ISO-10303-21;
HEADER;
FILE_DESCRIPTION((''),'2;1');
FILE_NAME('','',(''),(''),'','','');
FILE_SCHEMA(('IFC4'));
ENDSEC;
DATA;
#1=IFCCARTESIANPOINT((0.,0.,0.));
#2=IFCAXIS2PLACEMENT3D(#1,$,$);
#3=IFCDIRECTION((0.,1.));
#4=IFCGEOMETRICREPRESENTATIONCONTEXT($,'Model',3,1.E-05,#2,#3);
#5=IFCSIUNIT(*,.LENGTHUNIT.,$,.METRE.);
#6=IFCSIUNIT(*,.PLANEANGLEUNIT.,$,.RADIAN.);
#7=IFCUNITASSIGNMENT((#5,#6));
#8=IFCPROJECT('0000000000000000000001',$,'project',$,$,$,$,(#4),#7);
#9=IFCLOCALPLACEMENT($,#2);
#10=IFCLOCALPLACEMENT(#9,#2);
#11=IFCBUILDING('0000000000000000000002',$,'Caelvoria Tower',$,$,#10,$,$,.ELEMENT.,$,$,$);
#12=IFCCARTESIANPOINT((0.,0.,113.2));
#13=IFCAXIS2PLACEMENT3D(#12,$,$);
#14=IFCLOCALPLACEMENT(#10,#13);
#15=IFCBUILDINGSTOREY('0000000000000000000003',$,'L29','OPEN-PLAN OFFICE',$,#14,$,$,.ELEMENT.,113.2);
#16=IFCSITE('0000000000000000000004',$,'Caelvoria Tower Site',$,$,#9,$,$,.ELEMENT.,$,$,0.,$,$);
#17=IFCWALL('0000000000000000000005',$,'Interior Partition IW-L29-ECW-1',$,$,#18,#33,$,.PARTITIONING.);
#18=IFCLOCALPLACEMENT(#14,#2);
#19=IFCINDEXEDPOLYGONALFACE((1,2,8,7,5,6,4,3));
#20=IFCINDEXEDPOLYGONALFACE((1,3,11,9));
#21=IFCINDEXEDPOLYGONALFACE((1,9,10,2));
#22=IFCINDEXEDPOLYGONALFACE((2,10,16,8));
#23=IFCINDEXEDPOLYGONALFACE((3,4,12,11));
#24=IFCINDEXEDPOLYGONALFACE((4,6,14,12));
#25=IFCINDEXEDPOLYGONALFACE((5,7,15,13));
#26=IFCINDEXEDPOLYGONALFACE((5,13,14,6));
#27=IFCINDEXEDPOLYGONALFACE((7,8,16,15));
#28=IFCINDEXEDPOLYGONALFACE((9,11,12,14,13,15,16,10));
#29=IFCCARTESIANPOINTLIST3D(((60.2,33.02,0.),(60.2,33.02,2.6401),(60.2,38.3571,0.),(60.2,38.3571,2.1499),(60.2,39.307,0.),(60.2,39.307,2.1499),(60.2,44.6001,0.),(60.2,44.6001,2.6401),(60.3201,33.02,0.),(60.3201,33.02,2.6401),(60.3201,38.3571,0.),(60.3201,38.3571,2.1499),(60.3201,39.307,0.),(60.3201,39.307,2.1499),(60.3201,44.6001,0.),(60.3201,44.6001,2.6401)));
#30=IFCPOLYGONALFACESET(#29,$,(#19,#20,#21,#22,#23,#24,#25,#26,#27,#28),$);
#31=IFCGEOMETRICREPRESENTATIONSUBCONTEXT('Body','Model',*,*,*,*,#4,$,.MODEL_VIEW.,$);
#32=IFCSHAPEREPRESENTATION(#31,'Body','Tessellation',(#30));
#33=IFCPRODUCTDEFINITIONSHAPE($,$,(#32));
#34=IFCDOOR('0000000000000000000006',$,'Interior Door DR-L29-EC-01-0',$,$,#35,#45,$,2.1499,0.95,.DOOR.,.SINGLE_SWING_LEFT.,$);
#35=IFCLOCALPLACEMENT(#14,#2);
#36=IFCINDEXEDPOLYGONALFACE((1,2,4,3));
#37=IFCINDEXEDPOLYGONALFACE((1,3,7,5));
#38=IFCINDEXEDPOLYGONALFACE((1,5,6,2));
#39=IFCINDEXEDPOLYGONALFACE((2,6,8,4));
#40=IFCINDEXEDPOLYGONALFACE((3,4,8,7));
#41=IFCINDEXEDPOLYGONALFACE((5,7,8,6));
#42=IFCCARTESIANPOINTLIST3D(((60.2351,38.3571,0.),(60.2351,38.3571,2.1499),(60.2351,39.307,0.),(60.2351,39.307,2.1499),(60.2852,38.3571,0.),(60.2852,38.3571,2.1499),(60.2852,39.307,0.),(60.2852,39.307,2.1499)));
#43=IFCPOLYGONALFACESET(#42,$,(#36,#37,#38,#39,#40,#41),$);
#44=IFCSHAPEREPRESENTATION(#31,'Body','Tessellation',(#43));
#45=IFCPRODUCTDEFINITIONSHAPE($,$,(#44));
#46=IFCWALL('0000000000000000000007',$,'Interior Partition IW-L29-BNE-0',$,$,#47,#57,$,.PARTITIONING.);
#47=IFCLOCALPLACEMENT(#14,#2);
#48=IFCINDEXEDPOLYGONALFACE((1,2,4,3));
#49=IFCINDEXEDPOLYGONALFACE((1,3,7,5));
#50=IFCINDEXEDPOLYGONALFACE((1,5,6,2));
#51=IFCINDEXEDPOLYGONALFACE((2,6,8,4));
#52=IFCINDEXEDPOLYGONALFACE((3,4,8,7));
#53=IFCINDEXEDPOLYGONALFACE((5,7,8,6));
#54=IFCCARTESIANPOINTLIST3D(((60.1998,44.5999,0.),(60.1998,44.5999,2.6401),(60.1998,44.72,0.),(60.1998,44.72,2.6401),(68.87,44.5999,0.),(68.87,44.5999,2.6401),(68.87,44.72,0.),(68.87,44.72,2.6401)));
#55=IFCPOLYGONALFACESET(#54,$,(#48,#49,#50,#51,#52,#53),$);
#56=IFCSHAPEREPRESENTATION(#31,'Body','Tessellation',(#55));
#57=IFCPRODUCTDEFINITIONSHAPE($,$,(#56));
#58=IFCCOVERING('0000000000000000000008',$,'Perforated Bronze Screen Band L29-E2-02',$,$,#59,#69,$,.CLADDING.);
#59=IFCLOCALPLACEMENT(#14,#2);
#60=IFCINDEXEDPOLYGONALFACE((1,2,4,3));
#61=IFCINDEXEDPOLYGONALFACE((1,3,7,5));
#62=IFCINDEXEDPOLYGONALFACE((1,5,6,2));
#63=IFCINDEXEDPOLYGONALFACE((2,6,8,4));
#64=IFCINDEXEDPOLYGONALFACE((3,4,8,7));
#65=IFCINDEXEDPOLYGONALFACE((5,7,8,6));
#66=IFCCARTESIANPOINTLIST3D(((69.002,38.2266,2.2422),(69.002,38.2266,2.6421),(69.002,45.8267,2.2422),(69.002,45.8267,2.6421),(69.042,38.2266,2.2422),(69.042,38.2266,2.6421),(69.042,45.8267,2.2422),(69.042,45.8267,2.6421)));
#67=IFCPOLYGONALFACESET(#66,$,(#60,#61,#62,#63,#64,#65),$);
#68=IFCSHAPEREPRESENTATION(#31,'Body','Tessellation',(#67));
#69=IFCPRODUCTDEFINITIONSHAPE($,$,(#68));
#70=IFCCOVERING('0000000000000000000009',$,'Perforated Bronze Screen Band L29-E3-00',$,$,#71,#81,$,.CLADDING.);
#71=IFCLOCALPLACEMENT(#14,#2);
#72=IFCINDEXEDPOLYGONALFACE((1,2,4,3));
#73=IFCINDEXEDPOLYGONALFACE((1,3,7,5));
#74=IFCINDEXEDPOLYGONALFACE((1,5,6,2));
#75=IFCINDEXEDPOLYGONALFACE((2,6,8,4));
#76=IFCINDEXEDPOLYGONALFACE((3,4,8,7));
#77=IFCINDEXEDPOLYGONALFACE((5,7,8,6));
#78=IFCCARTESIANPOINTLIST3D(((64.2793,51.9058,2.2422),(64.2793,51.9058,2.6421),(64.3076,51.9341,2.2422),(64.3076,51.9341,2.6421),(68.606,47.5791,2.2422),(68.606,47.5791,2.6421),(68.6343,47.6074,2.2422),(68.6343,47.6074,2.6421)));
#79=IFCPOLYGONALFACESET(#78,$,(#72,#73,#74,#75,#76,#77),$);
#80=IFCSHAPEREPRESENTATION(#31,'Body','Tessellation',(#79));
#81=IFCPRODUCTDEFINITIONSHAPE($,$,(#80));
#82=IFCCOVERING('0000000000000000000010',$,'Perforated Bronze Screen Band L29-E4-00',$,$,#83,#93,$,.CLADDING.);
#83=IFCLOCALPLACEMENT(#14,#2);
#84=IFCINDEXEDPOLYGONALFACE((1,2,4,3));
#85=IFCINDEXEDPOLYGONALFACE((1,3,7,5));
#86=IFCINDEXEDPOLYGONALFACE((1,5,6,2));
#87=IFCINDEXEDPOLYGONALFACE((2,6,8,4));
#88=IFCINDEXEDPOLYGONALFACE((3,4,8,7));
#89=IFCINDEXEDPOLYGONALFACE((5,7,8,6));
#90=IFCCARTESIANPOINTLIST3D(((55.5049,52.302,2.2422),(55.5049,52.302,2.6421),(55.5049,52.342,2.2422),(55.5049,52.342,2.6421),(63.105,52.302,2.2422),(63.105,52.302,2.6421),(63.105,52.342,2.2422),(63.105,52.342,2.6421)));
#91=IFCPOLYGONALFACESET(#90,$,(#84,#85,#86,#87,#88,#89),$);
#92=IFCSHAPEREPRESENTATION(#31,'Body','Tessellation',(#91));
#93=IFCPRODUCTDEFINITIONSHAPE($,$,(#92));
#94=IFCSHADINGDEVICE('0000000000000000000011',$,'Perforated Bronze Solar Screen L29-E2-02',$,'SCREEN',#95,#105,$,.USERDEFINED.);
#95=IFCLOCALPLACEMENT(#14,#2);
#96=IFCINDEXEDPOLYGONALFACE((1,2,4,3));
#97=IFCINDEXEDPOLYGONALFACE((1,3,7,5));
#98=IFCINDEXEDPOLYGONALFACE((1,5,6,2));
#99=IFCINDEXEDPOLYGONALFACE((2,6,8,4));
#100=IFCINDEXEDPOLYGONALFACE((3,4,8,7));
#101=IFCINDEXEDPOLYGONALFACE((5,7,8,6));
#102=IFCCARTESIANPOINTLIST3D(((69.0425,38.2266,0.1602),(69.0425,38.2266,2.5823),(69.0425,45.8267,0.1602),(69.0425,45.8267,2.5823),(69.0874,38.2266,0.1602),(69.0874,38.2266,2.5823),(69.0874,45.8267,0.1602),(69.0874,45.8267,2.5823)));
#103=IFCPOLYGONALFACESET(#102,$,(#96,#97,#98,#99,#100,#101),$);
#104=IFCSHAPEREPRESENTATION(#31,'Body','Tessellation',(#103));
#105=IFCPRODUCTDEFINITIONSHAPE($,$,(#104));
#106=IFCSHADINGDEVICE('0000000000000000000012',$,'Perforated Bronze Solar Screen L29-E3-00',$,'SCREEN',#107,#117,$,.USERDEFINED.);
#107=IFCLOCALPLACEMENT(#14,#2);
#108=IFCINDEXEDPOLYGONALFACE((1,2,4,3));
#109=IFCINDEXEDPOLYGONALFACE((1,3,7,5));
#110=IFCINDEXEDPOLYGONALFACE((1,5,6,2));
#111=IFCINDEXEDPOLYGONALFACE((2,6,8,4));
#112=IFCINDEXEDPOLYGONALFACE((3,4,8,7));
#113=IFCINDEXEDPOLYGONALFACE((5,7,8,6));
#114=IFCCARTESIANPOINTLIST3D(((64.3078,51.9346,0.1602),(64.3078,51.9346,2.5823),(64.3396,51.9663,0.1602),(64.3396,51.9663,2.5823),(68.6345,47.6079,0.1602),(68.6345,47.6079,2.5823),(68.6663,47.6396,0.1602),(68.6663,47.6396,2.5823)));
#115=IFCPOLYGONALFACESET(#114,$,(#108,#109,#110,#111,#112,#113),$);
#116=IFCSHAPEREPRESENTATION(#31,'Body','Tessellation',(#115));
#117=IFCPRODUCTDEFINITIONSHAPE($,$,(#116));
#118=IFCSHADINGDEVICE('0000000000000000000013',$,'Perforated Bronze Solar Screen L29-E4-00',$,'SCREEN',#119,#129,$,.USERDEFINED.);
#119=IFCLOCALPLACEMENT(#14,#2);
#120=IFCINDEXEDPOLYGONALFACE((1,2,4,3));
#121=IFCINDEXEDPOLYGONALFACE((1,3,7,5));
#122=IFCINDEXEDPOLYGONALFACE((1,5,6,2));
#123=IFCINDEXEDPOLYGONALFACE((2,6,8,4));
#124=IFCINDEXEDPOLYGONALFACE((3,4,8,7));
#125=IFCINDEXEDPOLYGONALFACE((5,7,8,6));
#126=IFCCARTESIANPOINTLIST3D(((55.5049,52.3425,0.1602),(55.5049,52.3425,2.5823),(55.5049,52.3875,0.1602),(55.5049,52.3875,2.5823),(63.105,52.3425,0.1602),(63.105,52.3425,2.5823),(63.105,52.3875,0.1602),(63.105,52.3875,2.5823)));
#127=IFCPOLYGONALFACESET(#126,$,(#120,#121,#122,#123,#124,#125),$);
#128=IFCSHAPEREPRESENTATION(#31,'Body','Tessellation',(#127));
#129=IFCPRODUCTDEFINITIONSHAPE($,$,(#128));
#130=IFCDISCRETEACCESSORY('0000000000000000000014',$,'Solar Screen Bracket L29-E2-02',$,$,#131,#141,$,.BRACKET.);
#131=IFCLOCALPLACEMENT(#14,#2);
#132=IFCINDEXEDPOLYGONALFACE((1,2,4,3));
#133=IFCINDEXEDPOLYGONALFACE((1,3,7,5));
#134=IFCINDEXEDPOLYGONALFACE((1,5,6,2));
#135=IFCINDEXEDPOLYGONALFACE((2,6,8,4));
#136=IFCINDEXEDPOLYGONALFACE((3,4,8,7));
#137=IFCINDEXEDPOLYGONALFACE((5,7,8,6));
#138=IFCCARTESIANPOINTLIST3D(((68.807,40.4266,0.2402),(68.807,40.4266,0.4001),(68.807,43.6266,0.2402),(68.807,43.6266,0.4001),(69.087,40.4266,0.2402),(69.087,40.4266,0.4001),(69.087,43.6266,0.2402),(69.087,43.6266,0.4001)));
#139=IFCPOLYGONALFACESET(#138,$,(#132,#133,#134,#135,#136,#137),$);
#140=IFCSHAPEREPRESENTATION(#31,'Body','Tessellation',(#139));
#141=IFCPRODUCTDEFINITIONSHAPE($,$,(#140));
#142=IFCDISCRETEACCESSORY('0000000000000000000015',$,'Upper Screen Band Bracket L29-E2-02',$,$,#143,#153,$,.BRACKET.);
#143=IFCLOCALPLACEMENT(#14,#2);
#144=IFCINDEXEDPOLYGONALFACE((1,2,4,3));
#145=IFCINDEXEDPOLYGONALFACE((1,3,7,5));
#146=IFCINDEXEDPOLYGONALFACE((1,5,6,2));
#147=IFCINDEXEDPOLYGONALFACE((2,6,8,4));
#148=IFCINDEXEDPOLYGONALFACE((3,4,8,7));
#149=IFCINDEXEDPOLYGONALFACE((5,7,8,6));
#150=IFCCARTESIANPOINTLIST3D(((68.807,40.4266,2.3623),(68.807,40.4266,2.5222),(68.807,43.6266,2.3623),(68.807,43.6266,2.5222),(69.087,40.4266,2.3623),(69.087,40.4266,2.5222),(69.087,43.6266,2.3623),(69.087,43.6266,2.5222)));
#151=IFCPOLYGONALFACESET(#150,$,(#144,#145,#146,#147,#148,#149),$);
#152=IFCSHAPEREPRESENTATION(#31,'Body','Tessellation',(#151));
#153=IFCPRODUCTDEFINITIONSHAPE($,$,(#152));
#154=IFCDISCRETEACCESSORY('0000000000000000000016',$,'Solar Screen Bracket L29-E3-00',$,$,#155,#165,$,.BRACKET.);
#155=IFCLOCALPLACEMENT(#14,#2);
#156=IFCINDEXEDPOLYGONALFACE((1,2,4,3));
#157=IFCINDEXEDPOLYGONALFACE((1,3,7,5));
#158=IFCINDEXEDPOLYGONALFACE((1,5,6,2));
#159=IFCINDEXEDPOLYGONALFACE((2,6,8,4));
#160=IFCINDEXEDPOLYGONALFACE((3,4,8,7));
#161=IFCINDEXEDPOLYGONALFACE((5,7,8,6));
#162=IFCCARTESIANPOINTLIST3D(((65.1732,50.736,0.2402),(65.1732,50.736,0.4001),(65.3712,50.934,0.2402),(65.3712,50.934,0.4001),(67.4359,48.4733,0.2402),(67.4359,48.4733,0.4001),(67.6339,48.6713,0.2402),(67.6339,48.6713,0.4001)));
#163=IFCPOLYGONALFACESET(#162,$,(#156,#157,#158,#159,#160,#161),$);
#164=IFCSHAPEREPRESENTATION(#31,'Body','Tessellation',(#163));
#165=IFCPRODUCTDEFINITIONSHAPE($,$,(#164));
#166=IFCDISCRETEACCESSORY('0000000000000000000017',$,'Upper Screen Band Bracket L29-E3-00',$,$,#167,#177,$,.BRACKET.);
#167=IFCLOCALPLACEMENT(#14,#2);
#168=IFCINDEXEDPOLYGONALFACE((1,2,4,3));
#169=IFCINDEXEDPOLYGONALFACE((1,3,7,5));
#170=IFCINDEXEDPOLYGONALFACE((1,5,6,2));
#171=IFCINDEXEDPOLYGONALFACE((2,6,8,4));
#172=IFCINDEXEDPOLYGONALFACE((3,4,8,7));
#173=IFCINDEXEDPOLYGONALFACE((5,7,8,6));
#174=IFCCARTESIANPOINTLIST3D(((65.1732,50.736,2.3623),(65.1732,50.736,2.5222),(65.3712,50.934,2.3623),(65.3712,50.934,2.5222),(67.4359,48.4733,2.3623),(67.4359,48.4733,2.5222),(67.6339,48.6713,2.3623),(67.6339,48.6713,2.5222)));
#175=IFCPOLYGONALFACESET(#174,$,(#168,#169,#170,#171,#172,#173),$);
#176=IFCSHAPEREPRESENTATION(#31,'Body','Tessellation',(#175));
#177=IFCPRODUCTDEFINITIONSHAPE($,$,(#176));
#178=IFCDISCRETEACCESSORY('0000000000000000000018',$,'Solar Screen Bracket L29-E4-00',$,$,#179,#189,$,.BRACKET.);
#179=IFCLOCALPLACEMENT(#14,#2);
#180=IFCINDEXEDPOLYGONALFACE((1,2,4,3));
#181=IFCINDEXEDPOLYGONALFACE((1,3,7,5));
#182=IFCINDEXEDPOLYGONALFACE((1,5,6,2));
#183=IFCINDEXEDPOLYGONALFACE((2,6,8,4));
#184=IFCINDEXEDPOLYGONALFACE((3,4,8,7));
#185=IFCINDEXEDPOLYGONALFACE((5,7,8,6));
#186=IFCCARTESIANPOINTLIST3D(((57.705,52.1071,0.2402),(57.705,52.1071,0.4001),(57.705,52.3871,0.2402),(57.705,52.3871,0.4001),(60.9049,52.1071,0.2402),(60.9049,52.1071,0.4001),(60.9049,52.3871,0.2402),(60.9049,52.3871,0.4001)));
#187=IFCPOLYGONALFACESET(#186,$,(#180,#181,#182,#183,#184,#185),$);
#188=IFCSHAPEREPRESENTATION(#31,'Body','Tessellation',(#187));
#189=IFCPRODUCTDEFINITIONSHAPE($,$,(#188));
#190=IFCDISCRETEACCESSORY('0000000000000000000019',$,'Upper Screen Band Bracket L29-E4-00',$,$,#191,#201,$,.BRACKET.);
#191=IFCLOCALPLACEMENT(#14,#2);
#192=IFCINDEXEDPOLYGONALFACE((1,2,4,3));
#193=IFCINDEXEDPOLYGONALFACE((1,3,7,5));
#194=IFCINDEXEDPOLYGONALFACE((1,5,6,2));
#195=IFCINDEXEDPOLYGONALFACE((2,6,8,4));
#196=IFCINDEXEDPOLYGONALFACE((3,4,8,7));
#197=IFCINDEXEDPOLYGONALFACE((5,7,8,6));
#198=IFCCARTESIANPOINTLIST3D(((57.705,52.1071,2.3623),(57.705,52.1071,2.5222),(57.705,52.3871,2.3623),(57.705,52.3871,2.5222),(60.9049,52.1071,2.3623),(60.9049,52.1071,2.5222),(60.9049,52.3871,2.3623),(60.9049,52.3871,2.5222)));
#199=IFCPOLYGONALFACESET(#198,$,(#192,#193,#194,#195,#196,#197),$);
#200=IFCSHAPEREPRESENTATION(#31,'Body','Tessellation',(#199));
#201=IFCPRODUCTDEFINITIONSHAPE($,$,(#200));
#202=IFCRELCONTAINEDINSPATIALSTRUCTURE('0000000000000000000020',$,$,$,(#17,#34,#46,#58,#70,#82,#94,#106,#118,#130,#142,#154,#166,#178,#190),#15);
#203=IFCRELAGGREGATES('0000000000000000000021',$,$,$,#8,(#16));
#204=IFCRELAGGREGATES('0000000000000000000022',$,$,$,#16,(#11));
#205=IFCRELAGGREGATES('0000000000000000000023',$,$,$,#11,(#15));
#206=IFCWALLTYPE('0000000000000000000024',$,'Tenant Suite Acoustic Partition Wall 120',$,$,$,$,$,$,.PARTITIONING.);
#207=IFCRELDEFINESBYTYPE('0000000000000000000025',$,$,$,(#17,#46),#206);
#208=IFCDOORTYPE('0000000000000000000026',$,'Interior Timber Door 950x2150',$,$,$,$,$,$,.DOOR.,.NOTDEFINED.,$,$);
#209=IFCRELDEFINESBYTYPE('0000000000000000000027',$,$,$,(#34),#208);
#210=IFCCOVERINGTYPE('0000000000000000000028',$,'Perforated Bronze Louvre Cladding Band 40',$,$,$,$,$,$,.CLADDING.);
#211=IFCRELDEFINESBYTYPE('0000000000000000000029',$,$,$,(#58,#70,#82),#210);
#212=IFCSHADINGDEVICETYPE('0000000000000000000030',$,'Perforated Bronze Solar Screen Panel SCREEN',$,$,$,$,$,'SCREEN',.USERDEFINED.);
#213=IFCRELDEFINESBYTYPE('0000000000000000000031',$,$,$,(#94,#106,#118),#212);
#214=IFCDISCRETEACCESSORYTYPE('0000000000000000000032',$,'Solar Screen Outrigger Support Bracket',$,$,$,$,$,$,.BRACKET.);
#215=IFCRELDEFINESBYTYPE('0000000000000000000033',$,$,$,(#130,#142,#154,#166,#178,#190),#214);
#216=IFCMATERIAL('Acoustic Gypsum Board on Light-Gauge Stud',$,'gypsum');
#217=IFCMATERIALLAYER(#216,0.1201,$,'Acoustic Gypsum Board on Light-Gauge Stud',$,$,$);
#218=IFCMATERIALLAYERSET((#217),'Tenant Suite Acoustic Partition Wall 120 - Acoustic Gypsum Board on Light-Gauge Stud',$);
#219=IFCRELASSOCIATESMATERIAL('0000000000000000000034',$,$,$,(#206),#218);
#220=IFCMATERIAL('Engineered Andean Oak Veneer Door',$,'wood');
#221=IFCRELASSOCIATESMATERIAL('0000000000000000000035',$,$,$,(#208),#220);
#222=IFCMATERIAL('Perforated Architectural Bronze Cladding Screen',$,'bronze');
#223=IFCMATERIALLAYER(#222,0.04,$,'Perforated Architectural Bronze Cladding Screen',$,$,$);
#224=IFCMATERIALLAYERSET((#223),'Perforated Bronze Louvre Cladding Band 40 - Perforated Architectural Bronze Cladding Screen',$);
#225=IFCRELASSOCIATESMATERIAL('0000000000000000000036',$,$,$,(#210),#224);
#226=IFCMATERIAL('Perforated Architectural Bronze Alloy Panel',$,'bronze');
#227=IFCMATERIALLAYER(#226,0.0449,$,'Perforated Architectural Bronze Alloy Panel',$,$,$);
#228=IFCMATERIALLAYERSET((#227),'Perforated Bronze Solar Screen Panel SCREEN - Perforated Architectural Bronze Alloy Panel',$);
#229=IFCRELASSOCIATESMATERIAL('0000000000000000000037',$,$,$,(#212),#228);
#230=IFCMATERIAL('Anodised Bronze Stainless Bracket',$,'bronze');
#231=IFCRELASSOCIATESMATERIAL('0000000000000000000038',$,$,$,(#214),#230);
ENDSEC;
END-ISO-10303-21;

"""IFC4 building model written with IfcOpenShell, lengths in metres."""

from ifc_helpers import new_model, si_unit, direction, frame, frame_2d, origin, origin_2d, place, context, subcontext, project, spatial, rectangle, extrude, material, layer, layer_set, type_object, element, fill, save


model = new_model("IFC4")

# Units and contexts
model_context = context("Model", 3, precision=1e-05, world=origin(), true_north=direction((0.0, 1.0)))
body_context = subcontext(model_context, "Body", "Model", "MODEL_VIEW")
ifc_project = project(units=[si_unit("LENGTHUNIT", "METRE"), si_unit("PLANEANGLEUNIT", "RADIAN")], contexts=[model_context])

# Site, building, storey
site_placement = place(None, origin())
site = spatial("IfcSite", under=ifc_project, at=site_placement, Name="Caelvoria Tower Site", CompositionType="ELEMENT", RefElevation=0.0)
building_placement = place(site_placement, origin())
building = spatial("IfcBuilding", under=site, at=building_placement, Name="Caelvoria Tower", CompositionType="ELEMENT")
storey_placement = place(building_placement, frame((0.0, 0.0, 113.2)))
storey = spatial("IfcBuildingStorey", under=building, at=storey_placement, Name="L29", Description="OPEN-PLAN OFFICE", CompositionType="ELEMENT", Elevation=113.2)

# Wall, opening, door
ifc_material_1 = material(Name="Acoustic Gypsum Board on Light-Gauge Stud", Category="gypsum")
ifc_layer_1 = layer(ifc_material_1, 0.1201, Name="Acoustic Gypsum Board on Light-Gauge Stud")
ifc_layer_set_1 = layer_set([ifc_layer_1], Name="Tenant Suite Acoustic Partition Wall 120 - Acoustic Gypsum Board on Light-Gauge Stud")
wall_type_1 = type_object("IfcWallType", Name="Tenant Suite Acoustic Partition Wall 120", PredefinedType="PARTITIONING", material=ifc_layer_set_1)
ifc_material_2 = material(Name="Engineered Andean Oak Veneer Door", Category="wood")
wall_1_placement = place(storey_placement, frame((60.26, 33.02, 0.0), z_axis=(0.0, 0.0, 1.0), x_axis=(0.0, 1.0, 0.0)))
wall_1 = element("IfcWall", 1, at=wall_1_placement, inside=storey, type_object=wall_type_1, Name="Interior Partition IW-L29-ECW-1", PredefinedType="PARTITIONING", context=body_context, shape_type="SweptSolid", body=[
    extrude(rectangle(XDim=11.5801, YDim=0.1201, at=frame_2d((5.79, 0.0))), origin(), (0.0, 0.0, 1.0), 2.6401),
])
opening_1_placement = place(wall_1_placement, frame((5.3369, 0.0, 0.0)))
opening_1 = element("IfcOpeningElement", 2, at=opening_1_placement, cuts=wall_1, PredefinedType="OPENING", context=body_context, shape_type="SweptSolid", body=[
    extrude(rectangle(XDim=0.95, YDim=2.1499, at=frame_2d((0.4751, 1.075))), frame((0.0, 0.0701, 0.0), z_axis=(0.0, -1.0, 0.0), x_axis=(1.0, 0.0, 0.0)), (0.0, 0.0, 1.0), 0.1401),
])
door_type_1 = type_object("IfcDoorType", Name="Interior Timber Door 950x2150", OperationType="NOTDEFINED", PredefinedType="DOOR", material=ifc_material_2)
door_1_placement = place(opening_1_placement, origin())
door_1 = element("IfcDoor", 3, at=door_1_placement, inside=storey, type_object=door_type_1, Name="Interior Door DR-L29-EC-01-0", OperationType="SINGLE_SWING_LEFT", OverallHeight=2.1499, OverallWidth=0.95, PredefinedType="DOOR", context=body_context, shape_type="SweptSolid", body=[
    extrude(rectangle(XDim=0.95, YDim=2.1499, at=frame_2d((0.4751, 1.075))), frame((0.0, 0.0249, 0.0), z_axis=(0.0, -1.0, 0.0), x_axis=(1.0, 0.0, 0.0)), (0.0, 0.0, 1.0), 0.05),
])
fill(opening_1, door_1)

# Wall
wall_2_placement = place(storey_placement, frame((60.2, 44.6599, 0.0), z_axis=(0.0, 0.0, 1.0), x_axis=(1.0, 0.0, 0.0)))
element("IfcWall", 4, at=wall_2_placement, inside=storey, type_object=wall_type_1, Name="Interior Partition IW-L29-BNE-0", PredefinedType="PARTITIONING", context=body_context, shape_type="SweptSolid", body=[
    extrude(rectangle(XDim=8.6702, YDim=0.1201, at=frame_2d((4.335, 0.0))), origin(), (0.0, 0.0, 1.0), 2.6401),
])

# Coverings
ifc_material_3 = material(Name="Perforated Architectural Bronze Cladding Screen", Category="bronze")
ifc_layer_2 = layer(ifc_material_3, 0.04, Name="Perforated Architectural Bronze Cladding Screen")
ifc_layer_set_2 = layer_set([ifc_layer_2], Name="Perforated Bronze Louvre Cladding Band 40 - Perforated Architectural Bronze Cladding Screen")
covering_type = type_object("IfcCoveringType", Name="Perforated Bronze Louvre Cladding Band 40", PredefinedType="CLADDING", material=ifc_layer_set_2)
covering_1_placement = place(storey_placement, frame((69.022, 42.0266, 2.2422), z_axis=(0.0, 0.0, 1.0), x_axis=(0.0, 1.0, 0.0)))
element("IfcCovering", 5, at=covering_1_placement, inside=storey, type_object=covering_type, Name="Perforated Bronze Screen Band L29-E2-02", PredefinedType="CLADDING", context=body_context, shape_type="SweptSolid", body=[
    extrude(rectangle(XDim=7.6001, YDim=0.04, at=origin_2d()), origin(), (0.0, 0.0, 1.0), 0.3999),
])
covering_2_placement = place(storey_placement, frame((66.4568, 49.7566, 2.2422), z_axis=(0.0, 0.0, 1.0), x_axis=(-0.707107, 0.707107, 0.0)))
element("IfcCovering", 6, at=covering_2_placement, inside=storey, type_object=covering_type, Name="Perforated Bronze Screen Band L29-E3-00", PredefinedType="CLADDING", context=body_context, shape_type="SweptSolid", body=[
    extrude(rectangle(XDim=6.1189, YDim=0.04, at=origin_2d()), origin(), (0.0, 0.0, 1.0), 0.3999),
])
covering_3_placement = place(storey_placement, frame((59.3049, 52.322, 2.2422), z_axis=(0.0, 0.0, 1.0), x_axis=(-1.0, 0.0, 0.0)))
element("IfcCovering", 7, at=covering_3_placement, inside=storey, type_object=covering_type, Name="Perforated Bronze Screen Band L29-E4-00", PredefinedType="CLADDING", context=body_context, shape_type="SweptSolid", body=[
    extrude(rectangle(XDim=7.6001, YDim=0.04, at=origin_2d()), origin(), (0.0, 0.0, 1.0), 0.3999),
])

# Shading devices
ifc_material_4 = material(Name="Perforated Architectural Bronze Alloy Panel", Category="bronze")
ifc_layer_3 = layer(ifc_material_4, 0.0449, Name="Perforated Architectural Bronze Alloy Panel")
ifc_layer_set_3 = layer_set([ifc_layer_3], Name="Perforated Bronze Solar Screen Panel SCREEN - Perforated Architectural Bronze Alloy Panel")
shading_device_type = type_object("IfcShadingDeviceType", Name="Perforated Bronze Solar Screen Panel SCREEN", ElementType="SCREEN", PredefinedType="USERDEFINED", material=ifc_layer_set_3)
shading_device_1_placement = place(storey_placement, frame((69.0649, 42.0266, 0.1602), z_axis=(0.0, 0.0, 1.0), x_axis=(0.0, 1.0, 0.0)))
element("IfcShadingDevice", 8, at=shading_device_1_placement, inside=storey, type_object=shading_device_type, Name="Perforated Bronze Solar Screen L29-E2-02", ObjectType="SCREEN", PredefinedType="USERDEFINED", context=body_context, shape_type="SweptSolid", body=[
    extrude(rectangle(XDim=7.6001, YDim=0.0449, at=origin_2d()), origin(), (0.0, 0.0, 1.0), 2.4221),
])
shading_device_2_placement = place(storey_placement, frame((66.4871, 49.7871, 0.1602), z_axis=(0.0, 0.0, 1.0), x_axis=(-0.707107, 0.707107, 0.0)))
element("IfcShadingDevice", 9, at=shading_device_2_placement, inside=storey, type_object=shading_device_type, Name="Perforated Bronze Solar Screen L29-E3-00", ObjectType="SCREEN", PredefinedType="USERDEFINED", context=body_context, shape_type="SweptSolid", body=[
    extrude(rectangle(XDim=6.1189, YDim=0.0449, at=origin_2d()), origin(), (0.0, 0.0, 1.0), 2.4221),
])
shading_device_3_placement = place(storey_placement, frame((59.3049, 52.365, 0.1602), z_axis=(0.0, 0.0, 1.0), x_axis=(-1.0, 0.0, 0.0)))
element("IfcShadingDevice", 10, at=shading_device_3_placement, inside=storey, type_object=shading_device_type, Name="Perforated Bronze Solar Screen L29-E4-00", ObjectType="SCREEN", PredefinedType="USERDEFINED", context=body_context, shape_type="SweptSolid", body=[
    extrude(rectangle(XDim=7.6001, YDim=0.0449, at=origin_2d()), origin(), (0.0, 0.0, 1.0), 2.4221),
])

# Discrete accessories
ifc_material_5 = material(Name="Anodised Bronze Stainless Bracket", Category="bronze")
discrete_accessory_type = type_object("IfcDiscreteAccessoryType", Name="Solar Screen Outrigger Support Bracket", PredefinedType="BRACKET", material=ifc_material_5)
for number, where, z_axis, x_axis, name in (
    (11, (68.947, 42.0266, 0.2402), (0.0, 0.0, 1.0), (0.0, 1.0, 0.0), "Solar Screen Bracket L29-E2-02"),
    (12, (68.947, 42.0266, 2.3623), (0.0, 0.0, 1.0), (0.0, 1.0, 0.0), "Upper Screen Band Bracket L29-E2-02"),
    (13, (66.4036, 49.7036, 0.2402), (0.0, 0.0, 1.0), (-0.707107, 0.707107, 0.0), "Solar Screen Bracket L29-E3-00"),
    (14, (66.4036, 49.7036, 2.3623), (0.0, 0.0, 1.0), (-0.707107, 0.707107, 0.0), "Upper Screen Band Bracket L29-E3-00"),
    (15, (59.3049, 52.2471, 0.2402), (0.0, 0.0, 1.0), (-1.0, 0.0, 0.0), "Solar Screen Bracket L29-E4-00"),
    (16, (59.3049, 52.2471, 2.3623), (0.0, 0.0, 1.0), (-1.0, 0.0, 0.0), "Upper Screen Band Bracket L29-E4-00"),
):
    element("IfcDiscreteAccessory", number, at=place(storey_placement, frame(where, z_axis=z_axis, x_axis=x_axis)), inside=storey, type_object=discrete_accessory_type, Name=name, PredefinedType="BRACKET", context=body_context, shape_type="SweptSolid", body=[
        extrude(rectangle(XDim=3.2, YDim=0.28, at=origin_2d()), origin(), (0.0, 0.0, 1.0), 0.1599),
    ])

save(model, "model.ifc")
